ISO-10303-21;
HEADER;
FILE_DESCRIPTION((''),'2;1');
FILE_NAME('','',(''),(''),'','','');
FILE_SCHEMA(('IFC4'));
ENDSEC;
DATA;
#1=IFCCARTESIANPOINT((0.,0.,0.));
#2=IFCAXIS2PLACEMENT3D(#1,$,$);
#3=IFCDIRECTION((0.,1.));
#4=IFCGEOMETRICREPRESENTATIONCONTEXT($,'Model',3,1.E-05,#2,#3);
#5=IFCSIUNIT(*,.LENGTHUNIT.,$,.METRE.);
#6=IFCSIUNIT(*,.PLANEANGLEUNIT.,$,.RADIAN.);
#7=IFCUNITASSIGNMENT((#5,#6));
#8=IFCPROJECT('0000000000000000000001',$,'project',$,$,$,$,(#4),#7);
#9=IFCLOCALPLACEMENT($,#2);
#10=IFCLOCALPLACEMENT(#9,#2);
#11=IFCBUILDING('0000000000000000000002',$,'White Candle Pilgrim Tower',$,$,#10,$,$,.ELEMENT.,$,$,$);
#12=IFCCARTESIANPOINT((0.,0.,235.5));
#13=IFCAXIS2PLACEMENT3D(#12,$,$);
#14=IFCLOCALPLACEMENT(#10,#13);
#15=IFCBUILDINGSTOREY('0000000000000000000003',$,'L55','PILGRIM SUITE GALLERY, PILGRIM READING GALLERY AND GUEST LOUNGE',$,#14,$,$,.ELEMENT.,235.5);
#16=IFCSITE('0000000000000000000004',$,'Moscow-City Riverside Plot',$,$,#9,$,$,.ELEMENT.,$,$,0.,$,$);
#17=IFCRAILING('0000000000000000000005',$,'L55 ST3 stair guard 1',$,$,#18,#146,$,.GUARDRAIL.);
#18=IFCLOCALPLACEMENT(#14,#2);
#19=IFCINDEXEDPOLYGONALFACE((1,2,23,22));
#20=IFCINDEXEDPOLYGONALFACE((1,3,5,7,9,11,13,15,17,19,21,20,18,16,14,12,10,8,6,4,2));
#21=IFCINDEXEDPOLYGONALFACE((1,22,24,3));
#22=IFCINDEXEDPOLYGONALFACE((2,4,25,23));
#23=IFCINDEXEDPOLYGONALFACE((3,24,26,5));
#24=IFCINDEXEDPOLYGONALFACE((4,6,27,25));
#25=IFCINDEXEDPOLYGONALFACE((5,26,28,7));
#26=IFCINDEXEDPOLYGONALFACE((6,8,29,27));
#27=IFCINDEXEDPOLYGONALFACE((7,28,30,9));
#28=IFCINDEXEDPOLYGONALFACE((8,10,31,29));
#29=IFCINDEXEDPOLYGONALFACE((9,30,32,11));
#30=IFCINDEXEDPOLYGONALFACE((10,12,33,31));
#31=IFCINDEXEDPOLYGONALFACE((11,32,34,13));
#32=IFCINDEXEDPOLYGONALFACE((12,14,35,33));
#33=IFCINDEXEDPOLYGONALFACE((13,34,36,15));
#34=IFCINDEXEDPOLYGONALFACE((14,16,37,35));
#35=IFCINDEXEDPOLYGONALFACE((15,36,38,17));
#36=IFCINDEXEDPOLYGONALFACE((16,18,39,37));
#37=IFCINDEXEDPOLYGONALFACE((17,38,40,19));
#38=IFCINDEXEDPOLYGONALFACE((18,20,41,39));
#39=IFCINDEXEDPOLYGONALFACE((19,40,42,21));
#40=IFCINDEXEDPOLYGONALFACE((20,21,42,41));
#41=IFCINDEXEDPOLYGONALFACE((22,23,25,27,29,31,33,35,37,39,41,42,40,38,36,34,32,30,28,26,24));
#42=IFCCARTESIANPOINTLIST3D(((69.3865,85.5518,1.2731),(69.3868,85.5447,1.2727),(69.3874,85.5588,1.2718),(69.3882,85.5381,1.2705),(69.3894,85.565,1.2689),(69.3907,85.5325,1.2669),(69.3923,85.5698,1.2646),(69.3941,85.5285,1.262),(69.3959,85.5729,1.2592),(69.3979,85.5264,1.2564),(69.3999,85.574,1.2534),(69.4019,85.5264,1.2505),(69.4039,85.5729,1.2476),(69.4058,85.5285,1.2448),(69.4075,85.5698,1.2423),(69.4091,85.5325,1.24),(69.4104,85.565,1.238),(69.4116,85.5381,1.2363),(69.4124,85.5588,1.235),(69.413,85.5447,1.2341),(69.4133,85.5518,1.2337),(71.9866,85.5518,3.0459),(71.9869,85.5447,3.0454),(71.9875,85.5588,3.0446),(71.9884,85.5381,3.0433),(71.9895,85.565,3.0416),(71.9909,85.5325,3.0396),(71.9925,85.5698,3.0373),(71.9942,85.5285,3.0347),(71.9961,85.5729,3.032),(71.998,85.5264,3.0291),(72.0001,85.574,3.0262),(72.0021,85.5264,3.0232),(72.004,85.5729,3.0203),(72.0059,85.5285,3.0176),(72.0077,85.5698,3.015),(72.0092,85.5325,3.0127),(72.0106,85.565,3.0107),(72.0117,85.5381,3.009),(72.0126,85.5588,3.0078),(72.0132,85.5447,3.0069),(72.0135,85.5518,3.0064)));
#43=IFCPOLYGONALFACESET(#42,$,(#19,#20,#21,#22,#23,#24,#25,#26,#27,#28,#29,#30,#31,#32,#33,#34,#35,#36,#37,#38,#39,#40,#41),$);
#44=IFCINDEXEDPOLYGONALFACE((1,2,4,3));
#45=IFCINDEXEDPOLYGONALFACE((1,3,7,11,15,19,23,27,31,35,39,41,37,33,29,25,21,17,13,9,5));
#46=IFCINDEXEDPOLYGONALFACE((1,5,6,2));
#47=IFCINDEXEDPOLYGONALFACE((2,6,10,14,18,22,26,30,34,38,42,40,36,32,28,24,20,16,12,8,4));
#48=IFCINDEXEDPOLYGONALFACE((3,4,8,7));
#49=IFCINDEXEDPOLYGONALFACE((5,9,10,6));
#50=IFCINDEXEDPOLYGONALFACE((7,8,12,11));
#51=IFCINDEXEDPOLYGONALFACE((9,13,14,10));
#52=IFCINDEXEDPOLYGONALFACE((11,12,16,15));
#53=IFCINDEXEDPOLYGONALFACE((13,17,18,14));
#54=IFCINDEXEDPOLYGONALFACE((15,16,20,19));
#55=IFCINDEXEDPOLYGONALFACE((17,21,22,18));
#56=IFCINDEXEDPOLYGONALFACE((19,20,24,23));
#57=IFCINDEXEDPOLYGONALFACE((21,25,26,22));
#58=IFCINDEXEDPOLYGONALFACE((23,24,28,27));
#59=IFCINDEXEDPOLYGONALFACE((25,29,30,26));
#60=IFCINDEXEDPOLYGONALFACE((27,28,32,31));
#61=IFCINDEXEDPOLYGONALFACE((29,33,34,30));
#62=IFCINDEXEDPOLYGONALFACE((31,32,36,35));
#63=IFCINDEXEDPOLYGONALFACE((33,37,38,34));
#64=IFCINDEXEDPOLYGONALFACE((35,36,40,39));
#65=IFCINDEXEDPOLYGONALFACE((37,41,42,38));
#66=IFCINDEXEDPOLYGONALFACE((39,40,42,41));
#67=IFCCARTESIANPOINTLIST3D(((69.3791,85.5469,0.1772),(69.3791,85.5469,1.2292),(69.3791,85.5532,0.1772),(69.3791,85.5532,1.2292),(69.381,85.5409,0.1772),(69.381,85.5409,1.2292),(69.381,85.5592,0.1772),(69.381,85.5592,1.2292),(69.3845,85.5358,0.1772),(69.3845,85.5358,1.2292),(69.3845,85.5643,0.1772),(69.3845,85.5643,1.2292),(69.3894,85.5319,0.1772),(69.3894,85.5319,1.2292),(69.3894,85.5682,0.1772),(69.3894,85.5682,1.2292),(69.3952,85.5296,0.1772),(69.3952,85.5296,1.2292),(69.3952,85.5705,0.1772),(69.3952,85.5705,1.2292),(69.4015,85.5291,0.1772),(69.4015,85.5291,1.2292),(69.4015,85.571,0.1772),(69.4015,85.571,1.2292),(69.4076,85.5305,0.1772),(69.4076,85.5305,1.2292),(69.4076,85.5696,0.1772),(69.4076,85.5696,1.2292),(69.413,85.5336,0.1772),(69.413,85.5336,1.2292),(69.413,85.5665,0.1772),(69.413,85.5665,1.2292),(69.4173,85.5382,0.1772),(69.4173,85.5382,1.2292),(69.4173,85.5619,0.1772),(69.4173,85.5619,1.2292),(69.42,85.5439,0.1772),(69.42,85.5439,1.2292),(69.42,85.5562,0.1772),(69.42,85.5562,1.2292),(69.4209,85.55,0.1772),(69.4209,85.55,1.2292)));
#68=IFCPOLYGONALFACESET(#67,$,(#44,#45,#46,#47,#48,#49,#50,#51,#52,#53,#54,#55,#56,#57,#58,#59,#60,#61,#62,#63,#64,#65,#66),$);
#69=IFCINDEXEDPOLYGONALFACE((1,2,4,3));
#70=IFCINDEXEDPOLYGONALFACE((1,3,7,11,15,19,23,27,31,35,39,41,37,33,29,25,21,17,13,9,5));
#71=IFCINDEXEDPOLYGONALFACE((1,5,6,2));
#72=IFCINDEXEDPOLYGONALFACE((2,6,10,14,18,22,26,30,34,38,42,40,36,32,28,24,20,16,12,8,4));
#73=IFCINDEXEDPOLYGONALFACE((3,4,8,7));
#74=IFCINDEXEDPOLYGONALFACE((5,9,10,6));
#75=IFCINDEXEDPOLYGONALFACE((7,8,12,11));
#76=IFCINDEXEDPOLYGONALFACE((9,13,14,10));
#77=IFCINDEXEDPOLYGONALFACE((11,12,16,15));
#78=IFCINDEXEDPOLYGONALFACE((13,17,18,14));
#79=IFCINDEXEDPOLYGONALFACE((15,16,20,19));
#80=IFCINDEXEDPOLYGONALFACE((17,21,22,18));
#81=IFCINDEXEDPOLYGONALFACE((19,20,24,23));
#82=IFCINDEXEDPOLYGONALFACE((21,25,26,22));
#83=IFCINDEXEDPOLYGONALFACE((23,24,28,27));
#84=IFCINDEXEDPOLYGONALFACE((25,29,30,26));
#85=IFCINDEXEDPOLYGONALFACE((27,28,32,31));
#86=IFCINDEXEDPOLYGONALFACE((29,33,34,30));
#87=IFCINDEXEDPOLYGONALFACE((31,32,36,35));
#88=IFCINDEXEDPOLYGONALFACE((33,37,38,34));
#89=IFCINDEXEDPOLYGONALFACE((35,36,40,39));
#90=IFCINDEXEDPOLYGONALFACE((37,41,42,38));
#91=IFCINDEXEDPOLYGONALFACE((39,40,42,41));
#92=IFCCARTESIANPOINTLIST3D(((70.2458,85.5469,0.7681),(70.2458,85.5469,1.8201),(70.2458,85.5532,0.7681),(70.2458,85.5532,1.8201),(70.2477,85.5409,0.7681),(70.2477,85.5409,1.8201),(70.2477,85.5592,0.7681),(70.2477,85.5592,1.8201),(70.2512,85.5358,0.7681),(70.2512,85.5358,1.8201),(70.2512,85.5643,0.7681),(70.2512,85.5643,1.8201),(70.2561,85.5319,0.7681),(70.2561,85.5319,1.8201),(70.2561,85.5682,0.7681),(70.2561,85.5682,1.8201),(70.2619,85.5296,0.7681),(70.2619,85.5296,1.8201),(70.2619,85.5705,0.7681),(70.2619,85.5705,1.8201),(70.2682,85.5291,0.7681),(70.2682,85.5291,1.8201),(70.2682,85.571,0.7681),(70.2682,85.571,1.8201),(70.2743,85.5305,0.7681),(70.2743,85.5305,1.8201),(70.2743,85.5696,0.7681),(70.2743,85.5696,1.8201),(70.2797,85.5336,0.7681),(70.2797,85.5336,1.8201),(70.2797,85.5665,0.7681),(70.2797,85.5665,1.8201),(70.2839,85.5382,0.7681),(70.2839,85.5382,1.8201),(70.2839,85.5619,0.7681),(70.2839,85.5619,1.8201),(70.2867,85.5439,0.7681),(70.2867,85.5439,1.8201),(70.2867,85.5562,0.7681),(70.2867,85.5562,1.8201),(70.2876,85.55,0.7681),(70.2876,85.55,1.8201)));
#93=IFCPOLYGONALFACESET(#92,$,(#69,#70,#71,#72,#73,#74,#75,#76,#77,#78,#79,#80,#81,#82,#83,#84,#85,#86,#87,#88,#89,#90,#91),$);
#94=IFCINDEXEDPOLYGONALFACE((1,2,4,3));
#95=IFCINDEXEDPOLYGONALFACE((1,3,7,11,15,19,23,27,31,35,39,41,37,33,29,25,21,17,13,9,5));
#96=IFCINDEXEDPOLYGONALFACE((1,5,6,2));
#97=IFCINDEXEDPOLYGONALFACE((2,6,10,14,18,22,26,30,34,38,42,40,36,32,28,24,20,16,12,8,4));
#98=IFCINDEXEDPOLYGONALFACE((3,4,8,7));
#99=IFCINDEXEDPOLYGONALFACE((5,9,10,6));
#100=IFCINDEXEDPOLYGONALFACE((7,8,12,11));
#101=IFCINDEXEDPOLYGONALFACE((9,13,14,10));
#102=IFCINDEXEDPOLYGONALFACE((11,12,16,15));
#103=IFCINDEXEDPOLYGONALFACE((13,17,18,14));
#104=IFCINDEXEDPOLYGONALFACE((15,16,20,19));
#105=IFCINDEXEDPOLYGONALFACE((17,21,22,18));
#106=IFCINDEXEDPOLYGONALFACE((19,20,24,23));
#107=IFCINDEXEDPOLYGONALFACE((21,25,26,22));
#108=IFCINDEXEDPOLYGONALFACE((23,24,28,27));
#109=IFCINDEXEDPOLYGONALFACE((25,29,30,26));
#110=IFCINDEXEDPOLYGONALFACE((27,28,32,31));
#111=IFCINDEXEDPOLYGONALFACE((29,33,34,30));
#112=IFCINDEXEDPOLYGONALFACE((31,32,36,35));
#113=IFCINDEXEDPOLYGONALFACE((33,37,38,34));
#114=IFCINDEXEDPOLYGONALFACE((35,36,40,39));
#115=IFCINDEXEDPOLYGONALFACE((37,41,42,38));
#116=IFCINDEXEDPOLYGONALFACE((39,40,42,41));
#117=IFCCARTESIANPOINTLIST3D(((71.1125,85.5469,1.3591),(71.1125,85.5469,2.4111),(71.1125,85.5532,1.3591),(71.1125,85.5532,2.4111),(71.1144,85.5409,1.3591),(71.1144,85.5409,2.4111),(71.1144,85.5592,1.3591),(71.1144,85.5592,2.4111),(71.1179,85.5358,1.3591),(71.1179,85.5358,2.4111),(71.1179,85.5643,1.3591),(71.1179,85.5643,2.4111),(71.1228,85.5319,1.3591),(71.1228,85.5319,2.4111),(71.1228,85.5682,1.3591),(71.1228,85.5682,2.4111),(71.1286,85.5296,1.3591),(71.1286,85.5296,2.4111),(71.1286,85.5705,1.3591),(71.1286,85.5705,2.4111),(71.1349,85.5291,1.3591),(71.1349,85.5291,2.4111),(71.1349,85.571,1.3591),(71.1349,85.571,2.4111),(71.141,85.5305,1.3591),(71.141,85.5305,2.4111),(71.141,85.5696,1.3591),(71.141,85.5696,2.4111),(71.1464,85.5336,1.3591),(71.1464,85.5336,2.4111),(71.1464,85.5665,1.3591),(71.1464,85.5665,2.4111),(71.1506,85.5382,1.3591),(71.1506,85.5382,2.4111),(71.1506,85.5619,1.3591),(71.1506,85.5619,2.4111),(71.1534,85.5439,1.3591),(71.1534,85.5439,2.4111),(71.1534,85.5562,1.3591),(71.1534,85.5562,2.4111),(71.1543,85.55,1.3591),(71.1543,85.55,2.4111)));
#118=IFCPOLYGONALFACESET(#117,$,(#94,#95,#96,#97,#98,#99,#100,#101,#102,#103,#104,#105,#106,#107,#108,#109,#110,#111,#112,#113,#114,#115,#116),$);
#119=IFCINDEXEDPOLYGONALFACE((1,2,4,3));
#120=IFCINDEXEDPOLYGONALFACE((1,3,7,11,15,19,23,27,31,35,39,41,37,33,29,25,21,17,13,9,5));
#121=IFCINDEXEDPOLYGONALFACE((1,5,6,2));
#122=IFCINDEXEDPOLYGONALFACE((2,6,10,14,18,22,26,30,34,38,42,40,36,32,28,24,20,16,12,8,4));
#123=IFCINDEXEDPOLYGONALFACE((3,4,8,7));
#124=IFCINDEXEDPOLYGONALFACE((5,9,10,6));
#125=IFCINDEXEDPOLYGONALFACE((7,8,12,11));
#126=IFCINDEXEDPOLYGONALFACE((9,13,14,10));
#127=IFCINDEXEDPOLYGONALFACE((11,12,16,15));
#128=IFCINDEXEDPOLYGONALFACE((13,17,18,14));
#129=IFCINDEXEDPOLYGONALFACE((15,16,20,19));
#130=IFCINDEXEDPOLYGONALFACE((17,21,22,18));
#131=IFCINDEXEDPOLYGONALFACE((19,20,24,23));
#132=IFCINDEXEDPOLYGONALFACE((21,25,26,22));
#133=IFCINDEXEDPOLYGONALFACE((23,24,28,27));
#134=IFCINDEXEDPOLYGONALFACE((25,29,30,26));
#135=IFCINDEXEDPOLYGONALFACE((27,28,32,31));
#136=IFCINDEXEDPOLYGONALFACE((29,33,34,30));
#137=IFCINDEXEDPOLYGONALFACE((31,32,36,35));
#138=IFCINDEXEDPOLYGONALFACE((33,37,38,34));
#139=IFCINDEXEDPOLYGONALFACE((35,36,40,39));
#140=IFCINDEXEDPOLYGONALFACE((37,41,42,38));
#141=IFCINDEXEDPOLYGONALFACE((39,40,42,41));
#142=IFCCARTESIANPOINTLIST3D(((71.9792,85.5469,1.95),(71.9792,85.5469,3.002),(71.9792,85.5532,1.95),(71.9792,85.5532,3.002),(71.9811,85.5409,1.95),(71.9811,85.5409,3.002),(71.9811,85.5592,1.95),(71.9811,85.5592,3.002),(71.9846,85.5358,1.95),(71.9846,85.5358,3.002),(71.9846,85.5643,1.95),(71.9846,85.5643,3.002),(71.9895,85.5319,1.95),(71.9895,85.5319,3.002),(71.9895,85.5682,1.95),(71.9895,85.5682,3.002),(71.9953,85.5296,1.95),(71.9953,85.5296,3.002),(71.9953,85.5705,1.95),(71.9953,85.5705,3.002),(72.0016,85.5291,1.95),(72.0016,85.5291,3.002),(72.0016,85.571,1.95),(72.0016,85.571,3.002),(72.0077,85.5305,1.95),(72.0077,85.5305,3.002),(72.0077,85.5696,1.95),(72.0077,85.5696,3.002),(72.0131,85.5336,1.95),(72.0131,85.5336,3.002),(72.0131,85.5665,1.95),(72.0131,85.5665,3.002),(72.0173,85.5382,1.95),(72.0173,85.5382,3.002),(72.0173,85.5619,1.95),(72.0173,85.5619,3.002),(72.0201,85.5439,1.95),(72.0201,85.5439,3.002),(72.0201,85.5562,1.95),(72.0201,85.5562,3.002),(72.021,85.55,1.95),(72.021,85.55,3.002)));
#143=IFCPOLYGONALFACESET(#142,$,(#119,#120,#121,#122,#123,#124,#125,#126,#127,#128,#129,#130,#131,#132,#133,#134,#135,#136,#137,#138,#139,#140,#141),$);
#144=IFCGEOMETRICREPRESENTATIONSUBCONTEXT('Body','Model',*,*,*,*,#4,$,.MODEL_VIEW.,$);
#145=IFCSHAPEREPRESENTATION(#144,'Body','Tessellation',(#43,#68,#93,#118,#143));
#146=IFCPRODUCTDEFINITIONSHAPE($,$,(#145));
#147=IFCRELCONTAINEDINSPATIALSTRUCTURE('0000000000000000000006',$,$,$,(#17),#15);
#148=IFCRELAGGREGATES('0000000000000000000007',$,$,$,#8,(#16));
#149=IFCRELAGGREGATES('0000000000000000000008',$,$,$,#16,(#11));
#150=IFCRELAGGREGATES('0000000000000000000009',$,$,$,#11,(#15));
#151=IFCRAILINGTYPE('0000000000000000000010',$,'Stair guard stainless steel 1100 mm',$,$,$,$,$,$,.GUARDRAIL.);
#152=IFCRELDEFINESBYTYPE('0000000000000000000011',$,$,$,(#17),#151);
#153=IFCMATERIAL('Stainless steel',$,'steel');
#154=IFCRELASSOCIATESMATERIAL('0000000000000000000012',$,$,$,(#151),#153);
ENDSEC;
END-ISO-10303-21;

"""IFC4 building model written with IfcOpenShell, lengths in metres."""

from ifc_helpers import new_model, si_unit, direction, frame, origin, origin_2d, place, context, subcontext, project, spatial, circle, extrude, material, type_object, element, save


model = new_model("IFC4")

# Units and contexts
model_context = context("Model", 3, precision=1e-05, world=origin(), true_north=direction((0.0, 1.0)))
body_context = subcontext(model_context, "Body", "Model", "MODEL_VIEW")
ifc_project = project(units=[si_unit("LENGTHUNIT", "METRE"), si_unit("PLANEANGLEUNIT", "RADIAN")], contexts=[model_context])

# Site, building, storey
site_placement = place(None, origin())
site = spatial("IfcSite", under=ifc_project, at=site_placement, Name="Moscow-City Riverside Plot", CompositionType="ELEMENT", RefElevation=0.0)
building_placement = place(site_placement, origin())
building = spatial("IfcBuilding", under=site, at=building_placement, Name="White Candle Pilgrim Tower", CompositionType="ELEMENT")
storey_placement = place(building_placement, frame((0.0, 0.0, 235.5)))
storey = spatial("IfcBuildingStorey", under=building, at=storey_placement, Name="L55", Description="PILGRIM SUITE GALLERY, PILGRIM READING GALLERY AND GUEST LOUNGE", CompositionType="ELEMENT", Elevation=235.5)

# Shared definitions
ifc_material_1 = material(Name="Stainless steel", Category="steel")

# Railing
railing_type_1 = type_object("IfcRailingType", Name="Stair guard stainless steel 1100 mm", PredefinedType="GUARDRAIL", material=ifc_material_1)
railing_1_placement = place(storey_placement, frame((69.3999, 85.55, 0.1772)))
element("IfcRailing", 1, at=railing_1_placement, inside=storey, type_object=railing_type_1, Name="L55 ST3 stair guard 1", PredefinedType="GUARDRAIL", context=body_context, shape_type="SweptSolid", body=[
    extrude(circle(Radius=0.0239, at=origin_2d()), frame((0.0, 0.0, 1.0762), z_axis=(0.82624, 0.0, 0.563318), x_axis=(0.0, 1.0, 0.0)), (0.0, 0.0, 1.0), 3.147),
    extrude(circle(Radius=0.021, at=origin_2d()), origin(), (0.0, 0.0, 1.0), 1.052),
    extrude(circle(Radius=0.021, at=origin_2d()), frame((0.8667, 0.0, 0.5908)), (0.0, 0.0, 1.0), 1.052),
    extrude(circle(Radius=0.021, at=origin_2d()), frame((1.7334, 0.0, 1.1819)), (0.0, 0.0, 1.0), 1.052),
    extrude(circle(Radius=0.021, at=origin_2d()), frame((2.6001, 0.0, 1.7727)), (0.0, 0.0, 1.0), 1.052),
])

save(model, "model.ifc")
